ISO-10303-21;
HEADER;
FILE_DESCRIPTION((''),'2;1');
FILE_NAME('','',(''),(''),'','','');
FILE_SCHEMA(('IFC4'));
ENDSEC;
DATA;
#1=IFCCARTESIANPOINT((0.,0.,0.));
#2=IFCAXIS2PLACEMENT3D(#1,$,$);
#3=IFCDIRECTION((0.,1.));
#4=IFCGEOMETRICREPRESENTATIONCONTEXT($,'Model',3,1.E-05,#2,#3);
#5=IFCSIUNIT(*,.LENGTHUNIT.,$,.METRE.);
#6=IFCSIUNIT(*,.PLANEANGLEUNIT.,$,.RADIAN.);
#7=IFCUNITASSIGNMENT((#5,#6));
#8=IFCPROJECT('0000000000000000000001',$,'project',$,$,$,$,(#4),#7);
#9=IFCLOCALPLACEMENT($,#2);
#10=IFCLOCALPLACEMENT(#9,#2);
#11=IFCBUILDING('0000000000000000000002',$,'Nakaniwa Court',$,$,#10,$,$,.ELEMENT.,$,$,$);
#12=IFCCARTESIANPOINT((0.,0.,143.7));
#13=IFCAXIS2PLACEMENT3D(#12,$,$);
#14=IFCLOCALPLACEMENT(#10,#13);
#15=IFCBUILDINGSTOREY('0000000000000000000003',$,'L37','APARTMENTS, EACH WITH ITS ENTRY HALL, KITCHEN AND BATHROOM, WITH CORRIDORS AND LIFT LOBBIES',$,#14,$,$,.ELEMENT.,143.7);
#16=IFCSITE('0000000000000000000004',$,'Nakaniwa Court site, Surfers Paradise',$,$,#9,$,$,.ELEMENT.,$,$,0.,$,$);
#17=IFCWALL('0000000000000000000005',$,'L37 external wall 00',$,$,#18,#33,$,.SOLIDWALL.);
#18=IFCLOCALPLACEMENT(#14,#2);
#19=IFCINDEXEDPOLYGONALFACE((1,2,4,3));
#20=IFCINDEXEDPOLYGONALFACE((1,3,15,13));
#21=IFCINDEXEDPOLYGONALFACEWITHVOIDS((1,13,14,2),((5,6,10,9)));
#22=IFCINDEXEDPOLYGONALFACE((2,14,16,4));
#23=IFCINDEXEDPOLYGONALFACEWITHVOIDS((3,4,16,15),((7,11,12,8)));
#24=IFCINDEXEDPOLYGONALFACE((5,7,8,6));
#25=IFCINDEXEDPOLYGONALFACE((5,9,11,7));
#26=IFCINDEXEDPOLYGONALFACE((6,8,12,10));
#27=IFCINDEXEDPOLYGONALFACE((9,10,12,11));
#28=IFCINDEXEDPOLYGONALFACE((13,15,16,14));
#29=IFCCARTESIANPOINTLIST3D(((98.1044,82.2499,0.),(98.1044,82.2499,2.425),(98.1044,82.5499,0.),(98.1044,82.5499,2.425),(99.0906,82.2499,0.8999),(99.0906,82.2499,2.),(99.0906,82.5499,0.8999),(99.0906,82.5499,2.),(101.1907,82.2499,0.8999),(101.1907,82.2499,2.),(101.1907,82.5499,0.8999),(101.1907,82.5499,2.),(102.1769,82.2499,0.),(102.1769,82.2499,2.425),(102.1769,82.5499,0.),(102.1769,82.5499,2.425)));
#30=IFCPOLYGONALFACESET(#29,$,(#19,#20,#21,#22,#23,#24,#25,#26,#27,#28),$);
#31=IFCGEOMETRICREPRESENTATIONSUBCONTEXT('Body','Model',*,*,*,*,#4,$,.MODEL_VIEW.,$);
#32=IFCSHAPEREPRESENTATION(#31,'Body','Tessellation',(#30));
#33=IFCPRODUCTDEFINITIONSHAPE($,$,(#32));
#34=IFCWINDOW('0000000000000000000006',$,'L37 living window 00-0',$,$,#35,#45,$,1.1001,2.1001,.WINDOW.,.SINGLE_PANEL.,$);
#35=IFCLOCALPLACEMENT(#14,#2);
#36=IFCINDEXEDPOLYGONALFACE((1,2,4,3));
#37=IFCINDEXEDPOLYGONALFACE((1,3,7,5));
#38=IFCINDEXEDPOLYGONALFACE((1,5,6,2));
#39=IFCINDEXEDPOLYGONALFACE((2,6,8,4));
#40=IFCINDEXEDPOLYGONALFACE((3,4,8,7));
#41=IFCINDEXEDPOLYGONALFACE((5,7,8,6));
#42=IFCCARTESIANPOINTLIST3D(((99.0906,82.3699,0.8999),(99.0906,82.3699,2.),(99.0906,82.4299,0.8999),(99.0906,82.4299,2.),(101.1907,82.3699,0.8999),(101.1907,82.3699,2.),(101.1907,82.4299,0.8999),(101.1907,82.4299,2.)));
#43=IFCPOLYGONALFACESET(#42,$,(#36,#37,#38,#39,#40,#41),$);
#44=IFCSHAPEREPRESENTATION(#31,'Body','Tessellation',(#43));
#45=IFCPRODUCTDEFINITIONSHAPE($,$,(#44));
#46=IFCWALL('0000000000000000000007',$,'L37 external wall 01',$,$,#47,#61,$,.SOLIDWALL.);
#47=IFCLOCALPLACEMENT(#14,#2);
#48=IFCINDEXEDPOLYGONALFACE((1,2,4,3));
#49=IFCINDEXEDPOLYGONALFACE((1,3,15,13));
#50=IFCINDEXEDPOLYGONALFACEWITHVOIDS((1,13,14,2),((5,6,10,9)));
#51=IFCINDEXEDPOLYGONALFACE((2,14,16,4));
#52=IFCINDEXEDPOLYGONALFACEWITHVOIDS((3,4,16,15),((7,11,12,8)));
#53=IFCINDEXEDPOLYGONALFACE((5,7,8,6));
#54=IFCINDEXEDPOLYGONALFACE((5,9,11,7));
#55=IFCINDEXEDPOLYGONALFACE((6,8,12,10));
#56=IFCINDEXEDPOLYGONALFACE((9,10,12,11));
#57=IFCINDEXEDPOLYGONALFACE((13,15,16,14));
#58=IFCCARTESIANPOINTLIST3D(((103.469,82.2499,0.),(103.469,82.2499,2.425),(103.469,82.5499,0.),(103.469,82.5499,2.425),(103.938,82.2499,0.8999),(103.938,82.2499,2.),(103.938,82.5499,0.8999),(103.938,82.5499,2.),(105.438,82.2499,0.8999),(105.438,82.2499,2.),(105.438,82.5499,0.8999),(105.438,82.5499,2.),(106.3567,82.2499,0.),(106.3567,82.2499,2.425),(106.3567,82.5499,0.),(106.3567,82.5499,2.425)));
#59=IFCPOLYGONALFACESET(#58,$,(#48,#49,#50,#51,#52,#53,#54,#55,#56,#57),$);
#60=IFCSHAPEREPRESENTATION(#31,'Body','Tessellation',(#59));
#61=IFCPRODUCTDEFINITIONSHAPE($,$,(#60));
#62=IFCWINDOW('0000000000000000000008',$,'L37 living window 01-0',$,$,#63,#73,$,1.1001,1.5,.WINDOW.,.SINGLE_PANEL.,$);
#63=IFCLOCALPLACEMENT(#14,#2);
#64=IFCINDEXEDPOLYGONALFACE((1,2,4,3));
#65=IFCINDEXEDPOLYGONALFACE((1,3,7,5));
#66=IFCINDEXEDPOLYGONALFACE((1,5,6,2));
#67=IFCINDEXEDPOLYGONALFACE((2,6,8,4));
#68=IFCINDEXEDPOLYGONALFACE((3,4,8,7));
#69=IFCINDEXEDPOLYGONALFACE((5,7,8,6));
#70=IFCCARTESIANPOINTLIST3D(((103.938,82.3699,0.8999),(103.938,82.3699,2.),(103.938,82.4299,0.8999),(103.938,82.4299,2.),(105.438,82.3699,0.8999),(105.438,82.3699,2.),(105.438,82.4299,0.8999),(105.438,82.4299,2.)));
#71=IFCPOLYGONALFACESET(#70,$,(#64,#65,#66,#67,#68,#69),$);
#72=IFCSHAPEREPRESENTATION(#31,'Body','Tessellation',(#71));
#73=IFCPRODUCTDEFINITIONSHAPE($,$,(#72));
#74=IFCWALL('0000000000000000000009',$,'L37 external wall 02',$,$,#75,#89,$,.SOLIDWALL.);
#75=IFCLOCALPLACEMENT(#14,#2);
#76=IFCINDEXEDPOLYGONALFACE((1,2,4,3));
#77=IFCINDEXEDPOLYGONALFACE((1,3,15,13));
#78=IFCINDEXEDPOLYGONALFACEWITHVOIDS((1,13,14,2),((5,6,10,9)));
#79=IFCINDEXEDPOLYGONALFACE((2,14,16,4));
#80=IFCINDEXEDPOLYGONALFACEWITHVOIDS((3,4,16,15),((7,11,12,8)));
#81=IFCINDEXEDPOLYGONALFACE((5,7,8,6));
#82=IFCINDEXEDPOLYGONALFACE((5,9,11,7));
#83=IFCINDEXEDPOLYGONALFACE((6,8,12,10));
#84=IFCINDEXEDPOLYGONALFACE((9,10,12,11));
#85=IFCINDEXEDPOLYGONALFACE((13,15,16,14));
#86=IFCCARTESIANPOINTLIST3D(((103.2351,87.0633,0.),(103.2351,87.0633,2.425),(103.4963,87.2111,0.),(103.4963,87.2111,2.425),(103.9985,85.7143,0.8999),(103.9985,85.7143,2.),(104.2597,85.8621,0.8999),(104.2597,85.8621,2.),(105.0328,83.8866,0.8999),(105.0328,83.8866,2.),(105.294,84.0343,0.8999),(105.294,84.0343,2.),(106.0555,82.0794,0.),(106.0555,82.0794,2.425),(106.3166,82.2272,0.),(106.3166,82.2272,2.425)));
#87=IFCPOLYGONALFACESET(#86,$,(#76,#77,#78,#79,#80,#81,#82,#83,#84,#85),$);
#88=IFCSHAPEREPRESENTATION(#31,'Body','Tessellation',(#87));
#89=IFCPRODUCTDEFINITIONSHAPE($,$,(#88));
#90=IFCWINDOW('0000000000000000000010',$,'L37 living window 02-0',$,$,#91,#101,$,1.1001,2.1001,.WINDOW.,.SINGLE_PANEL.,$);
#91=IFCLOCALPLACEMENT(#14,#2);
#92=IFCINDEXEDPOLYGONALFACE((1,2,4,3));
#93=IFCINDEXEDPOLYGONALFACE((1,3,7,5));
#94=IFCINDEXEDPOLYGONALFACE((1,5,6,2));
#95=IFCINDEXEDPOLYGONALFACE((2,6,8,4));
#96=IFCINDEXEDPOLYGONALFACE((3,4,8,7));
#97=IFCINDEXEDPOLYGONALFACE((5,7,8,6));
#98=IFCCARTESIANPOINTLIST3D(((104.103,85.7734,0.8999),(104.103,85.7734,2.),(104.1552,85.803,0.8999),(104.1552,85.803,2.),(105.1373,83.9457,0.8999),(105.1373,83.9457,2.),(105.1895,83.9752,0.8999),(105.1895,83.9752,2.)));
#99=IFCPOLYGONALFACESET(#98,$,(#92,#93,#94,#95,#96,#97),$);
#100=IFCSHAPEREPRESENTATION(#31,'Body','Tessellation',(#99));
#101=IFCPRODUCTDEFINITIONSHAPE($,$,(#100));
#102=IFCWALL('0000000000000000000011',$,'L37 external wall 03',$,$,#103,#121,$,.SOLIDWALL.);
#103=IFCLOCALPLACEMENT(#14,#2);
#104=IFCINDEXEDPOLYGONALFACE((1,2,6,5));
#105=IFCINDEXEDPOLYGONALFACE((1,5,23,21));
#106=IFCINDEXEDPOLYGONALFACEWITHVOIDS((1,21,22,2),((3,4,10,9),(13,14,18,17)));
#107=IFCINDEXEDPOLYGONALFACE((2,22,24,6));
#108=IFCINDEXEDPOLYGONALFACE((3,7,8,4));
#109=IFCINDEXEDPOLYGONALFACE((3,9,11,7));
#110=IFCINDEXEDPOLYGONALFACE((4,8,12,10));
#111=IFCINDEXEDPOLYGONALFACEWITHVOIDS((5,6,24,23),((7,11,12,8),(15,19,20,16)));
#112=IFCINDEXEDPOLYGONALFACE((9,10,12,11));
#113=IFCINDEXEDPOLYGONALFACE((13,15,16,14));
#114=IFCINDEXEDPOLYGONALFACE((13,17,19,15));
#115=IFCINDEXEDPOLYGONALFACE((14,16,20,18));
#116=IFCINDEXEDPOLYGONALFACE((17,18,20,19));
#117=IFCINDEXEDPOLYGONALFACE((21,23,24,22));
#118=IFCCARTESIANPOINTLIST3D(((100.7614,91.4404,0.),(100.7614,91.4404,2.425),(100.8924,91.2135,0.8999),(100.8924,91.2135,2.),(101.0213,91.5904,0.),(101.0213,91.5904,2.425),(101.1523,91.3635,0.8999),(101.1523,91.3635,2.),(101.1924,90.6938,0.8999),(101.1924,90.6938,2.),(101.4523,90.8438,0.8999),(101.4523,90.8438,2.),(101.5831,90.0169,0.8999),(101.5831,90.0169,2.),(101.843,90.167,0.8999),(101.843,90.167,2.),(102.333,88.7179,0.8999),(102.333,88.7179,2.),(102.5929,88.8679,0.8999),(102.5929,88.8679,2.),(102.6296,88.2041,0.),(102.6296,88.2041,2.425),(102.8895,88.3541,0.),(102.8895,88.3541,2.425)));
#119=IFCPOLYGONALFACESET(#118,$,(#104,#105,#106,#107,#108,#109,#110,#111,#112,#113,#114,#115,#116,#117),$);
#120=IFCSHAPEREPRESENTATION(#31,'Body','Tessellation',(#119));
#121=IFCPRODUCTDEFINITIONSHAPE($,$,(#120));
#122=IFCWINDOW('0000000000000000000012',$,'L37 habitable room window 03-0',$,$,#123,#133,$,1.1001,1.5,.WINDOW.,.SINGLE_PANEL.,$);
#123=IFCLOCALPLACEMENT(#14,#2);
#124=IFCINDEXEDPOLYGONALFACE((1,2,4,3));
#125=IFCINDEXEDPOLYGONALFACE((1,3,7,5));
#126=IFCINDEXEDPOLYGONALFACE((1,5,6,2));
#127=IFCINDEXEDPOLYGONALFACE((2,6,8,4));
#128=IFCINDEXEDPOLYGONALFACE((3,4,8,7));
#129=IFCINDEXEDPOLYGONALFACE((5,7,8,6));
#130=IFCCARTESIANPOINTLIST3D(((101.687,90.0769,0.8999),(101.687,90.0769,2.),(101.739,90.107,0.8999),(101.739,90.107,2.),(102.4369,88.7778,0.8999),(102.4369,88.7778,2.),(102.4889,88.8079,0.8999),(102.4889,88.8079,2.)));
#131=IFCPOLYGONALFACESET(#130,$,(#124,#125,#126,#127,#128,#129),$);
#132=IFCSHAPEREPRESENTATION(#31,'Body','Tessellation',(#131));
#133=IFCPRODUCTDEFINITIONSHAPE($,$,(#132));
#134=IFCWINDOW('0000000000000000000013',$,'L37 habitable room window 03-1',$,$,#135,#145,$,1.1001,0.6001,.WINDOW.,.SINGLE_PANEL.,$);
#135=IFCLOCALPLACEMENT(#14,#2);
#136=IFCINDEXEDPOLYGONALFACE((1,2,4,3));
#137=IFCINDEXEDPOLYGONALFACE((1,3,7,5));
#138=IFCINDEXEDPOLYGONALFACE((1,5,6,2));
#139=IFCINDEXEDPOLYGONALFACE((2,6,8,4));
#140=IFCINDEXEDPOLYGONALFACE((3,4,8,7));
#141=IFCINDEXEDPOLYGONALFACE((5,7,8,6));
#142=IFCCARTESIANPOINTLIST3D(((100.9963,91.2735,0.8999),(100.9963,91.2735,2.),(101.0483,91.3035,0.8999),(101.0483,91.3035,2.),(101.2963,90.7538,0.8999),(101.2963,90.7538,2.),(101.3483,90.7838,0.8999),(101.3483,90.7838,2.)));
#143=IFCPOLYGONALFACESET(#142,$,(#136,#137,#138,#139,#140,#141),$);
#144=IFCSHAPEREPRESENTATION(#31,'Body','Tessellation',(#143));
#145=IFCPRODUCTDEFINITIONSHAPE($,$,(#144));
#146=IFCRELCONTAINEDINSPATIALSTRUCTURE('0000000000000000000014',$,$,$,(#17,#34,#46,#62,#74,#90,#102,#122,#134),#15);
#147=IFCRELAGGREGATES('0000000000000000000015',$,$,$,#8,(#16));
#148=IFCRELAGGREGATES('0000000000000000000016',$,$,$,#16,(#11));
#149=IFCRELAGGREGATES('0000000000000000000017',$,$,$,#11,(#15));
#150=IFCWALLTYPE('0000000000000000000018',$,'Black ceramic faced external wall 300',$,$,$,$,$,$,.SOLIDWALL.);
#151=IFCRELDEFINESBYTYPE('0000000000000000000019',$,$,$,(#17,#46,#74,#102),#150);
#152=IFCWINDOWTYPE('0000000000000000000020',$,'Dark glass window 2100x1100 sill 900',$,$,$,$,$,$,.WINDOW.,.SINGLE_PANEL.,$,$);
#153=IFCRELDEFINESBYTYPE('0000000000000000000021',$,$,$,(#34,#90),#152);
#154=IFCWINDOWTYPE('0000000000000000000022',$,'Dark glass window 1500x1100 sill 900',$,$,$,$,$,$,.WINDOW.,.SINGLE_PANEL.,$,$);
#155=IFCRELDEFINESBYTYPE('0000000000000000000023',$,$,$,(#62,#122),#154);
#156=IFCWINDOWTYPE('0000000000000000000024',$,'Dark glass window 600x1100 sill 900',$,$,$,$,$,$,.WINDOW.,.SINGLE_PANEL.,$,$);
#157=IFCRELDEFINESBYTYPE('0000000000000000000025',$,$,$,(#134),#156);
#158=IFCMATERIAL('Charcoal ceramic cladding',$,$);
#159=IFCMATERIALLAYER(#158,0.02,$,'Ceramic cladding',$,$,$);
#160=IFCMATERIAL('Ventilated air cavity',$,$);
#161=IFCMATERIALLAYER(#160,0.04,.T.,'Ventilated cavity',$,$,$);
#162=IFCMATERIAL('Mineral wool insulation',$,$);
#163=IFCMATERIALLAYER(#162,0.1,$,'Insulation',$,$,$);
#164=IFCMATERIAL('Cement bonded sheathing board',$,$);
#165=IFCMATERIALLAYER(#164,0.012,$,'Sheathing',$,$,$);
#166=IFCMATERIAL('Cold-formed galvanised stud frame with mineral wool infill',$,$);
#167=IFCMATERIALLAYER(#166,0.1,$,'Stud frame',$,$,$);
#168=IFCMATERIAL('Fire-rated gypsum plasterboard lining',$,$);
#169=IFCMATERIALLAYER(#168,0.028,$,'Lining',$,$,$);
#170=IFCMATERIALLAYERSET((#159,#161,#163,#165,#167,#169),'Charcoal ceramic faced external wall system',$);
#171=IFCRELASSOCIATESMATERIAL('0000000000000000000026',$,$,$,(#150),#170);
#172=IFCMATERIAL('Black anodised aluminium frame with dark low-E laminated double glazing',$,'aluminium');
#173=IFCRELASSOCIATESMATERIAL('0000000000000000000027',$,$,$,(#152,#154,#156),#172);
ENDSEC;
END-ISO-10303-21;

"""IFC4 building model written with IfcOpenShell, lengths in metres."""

from ifc_helpers import new_model, si_unit, direction, frame, frame_2d, origin, place, context, subcontext, project, spatial, rectangle, extrude, material, layer, layer_set, type_object, element, fill, save


model = new_model("IFC4")

# Units and contexts
model_context = context("Model", 3, precision=1e-05, world=origin(), true_north=direction((0.0, 1.0)))
body_context = subcontext(model_context, "Body", "Model", "MODEL_VIEW")
ifc_project = project(units=[si_unit("LENGTHUNIT", "METRE"), si_unit("PLANEANGLEUNIT", "RADIAN")], contexts=[model_context])

# Site, building, storey
site_placement = place(None, origin())
site = spatial("IfcSite", under=ifc_project, at=site_placement, Name="Nakaniwa Court site, Surfers Paradise", CompositionType="ELEMENT", RefElevation=0.0)
building_placement = place(site_placement, origin())
building = spatial("IfcBuilding", under=site, at=building_placement, Name="Nakaniwa Court", CompositionType="ELEMENT")
storey_placement = place(building_placement, frame((0.0, 0.0, 143.7)))
storey = spatial("IfcBuildingStorey", under=building, at=storey_placement, Name="L37", Description="APARTMENTS, EACH WITH ITS ENTRY HALL, KITCHEN AND BATHROOM, WITH CORRIDORS AND LIFT LOBBIES", CompositionType="ELEMENT", Elevation=143.7)

# Walls, openings, windows
ifc_material_1 = material(Name="Charcoal ceramic cladding")
ifc_layer_1 = layer(ifc_material_1, 0.02, Name="Ceramic cladding")
ifc_material_2 = material(Name="Ventilated air cavity")
ifc_layer_2 = layer(ifc_material_2, 0.04, ventilated=True, Name="Ventilated cavity")
ifc_material_3 = material(Name="Mineral wool insulation")
ifc_layer_3 = layer(ifc_material_3, 0.1, Name="Insulation")
ifc_material_4 = material(Name="Cement bonded sheathing board")
ifc_layer_4 = layer(ifc_material_4, 0.012, Name="Sheathing")
ifc_material_5 = material(Name="Cold-formed galvanised stud frame with mineral wool infill")
ifc_layer_5 = layer(ifc_material_5, 0.1, Name="Stud frame")
ifc_material_6 = material(Name="Fire-rated gypsum plasterboard lining")
ifc_layer_6 = layer(ifc_material_6, 0.028, Name="Lining")
ifc_layer_set_1 = layer_set([ifc_layer_1, ifc_layer_2, ifc_layer_3, ifc_layer_4, ifc_layer_5, ifc_layer_6], Name="Charcoal ceramic faced external wall system")
wall_type_1 = type_object("IfcWallType", Name="Black ceramic faced external wall 300", PredefinedType="SOLIDWALL", material=ifc_layer_set_1)
wall_1_placement = place(storey_placement, frame((98.1045, 82.3999, 0.0), z_axis=(0.0, 0.0, 1.0), x_axis=(1.0, 0.0, 0.0)))
wall_1 = element("IfcWall", 1, at=wall_1_placement, inside=storey, type_object=wall_type_1, Name="L37 external wall 00", PredefinedType="SOLIDWALL", context=body_context, shape_type="SweptSolid", body=[
    extrude(rectangle(XDim=4.0725, YDim=0.3, at=frame_2d((2.0361, 0.0))), origin(), (0.0, 0.0, 1.0), 2.425),
])
opening_1_placement = place(wall_1_placement, frame((0.9861, 0.0, 0.8999)))
opening_1 = element("IfcOpeningElement", 2, at=opening_1_placement, cuts=wall_1, PredefinedType="OPENING", context=body_context, shape_type="SweptSolid", body=[
    extrude(rectangle(XDim=2.1001, YDim=1.1001, at=frame_2d((1.05, 0.55))), frame((0.0, 0.1599, 0.0), z_axis=(0.0, -1.0, 0.0), x_axis=(1.0, 0.0, 0.0)), (0.0, 0.0, 1.0), 0.3201),
])
ifc_material_7 = material(Name="Black anodised aluminium frame with dark low-E laminated double glazing", Category="aluminium")
window_type_1 = type_object("IfcWindowType", Name="Dark glass window 2100x1100 sill 900", PartitioningType="SINGLE_PANEL", PredefinedType="WINDOW", material=ifc_material_7)
window_1_placement = place(opening_1_placement, origin())
window_1 = element("IfcWindow", 3, at=window_1_placement, inside=storey, type_object=window_type_1, Name="L37 living window 00-0", OverallHeight=1.1001, OverallWidth=2.1001, PartitioningType="SINGLE_PANEL", PredefinedType="WINDOW", context=body_context, shape_type="SweptSolid", body=[
    extrude(rectangle(XDim=2.1001, YDim=1.1001, at=frame_2d((1.05, 0.55))), frame((0.0, 0.03, 0.0), z_axis=(0.0, -1.0, 0.0), x_axis=(1.0, 0.0, 0.0)), (0.0, 0.0, 1.0), 0.0601),
])
fill(opening_1, window_1)
wall_2_placement = place(storey_placement, frame((103.469, 82.3999, 0.0), z_axis=(0.0, 0.0, 1.0), x_axis=(1.0, 0.0, 0.0)))
wall_2 = element("IfcWall", 4, at=wall_2_placement, inside=storey, type_object=wall_type_1, Name="L37 external wall 01", PredefinedType="SOLIDWALL", context=body_context, shape_type="SweptSolid", body=[
    extrude(rectangle(XDim=2.8877, YDim=0.3, at=frame_2d((1.4438, 0.0))), origin(), (0.0, 0.0, 1.0), 2.425),
])
opening_2_placement = place(wall_2_placement, frame((0.469, 0.0, 0.8999)))
opening_2 = element("IfcOpeningElement", 5, at=opening_2_placement, cuts=wall_2, PredefinedType="OPENING", context=body_context, shape_type="SweptSolid", body=[
    extrude(rectangle(XDim=1.5, YDim=1.1001, at=frame_2d((0.75, 0.55))), frame((0.0, 0.1599, 0.0), z_axis=(0.0, -1.0, 0.0), x_axis=(1.0, 0.0, 0.0)), (0.0, 0.0, 1.0), 0.3201),
])
window_type_2 = type_object("IfcWindowType", Name="Dark glass window 1500x1100 sill 900", PartitioningType="SINGLE_PANEL", PredefinedType="WINDOW", material=ifc_material_7)
window_2_placement = place(opening_2_placement, origin())
window_2 = element("IfcWindow", 6, at=window_2_placement, inside=storey, type_object=window_type_2, Name="L37 living window 01-0", OverallHeight=1.1001, OverallWidth=1.5, PartitioningType="SINGLE_PANEL", PredefinedType="WINDOW", context=body_context, shape_type="SweptSolid", body=[
    extrude(rectangle(XDim=1.5, YDim=1.1001, at=frame_2d((0.75, 0.55))), frame((0.0, 0.03, 0.0), z_axis=(0.0, -1.0, 0.0), x_axis=(1.0, 0.0, 0.0)), (0.0, 0.0, 1.0), 0.0601),
])
fill(opening_2, window_2)
wall_3_placement = place(storey_placement, frame((106.186, 82.1533, 0.0), z_axis=(0.0, 0.0, 1.0), x_axis=(-0.492498, 0.870313, 0.0)))
wall_3 = element("IfcWall", 7, at=wall_3_placement, inside=storey, type_object=wall_type_1, Name="L37 external wall 02", PredefinedType="SOLIDWALL", context=body_context, shape_type="SweptSolid", body=[
    extrude(rectangle(XDim=5.7266, YDim=0.3, at=frame_2d((2.8633, 0.0))), origin(), (0.0, 0.0, 1.0), 2.425),
])
opening_3_placement = place(wall_3_placement, frame((2.0764, 0.0, 0.8999)))
opening_3 = element("IfcOpeningElement", 8, at=opening_3_placement, cuts=wall_3, PredefinedType="OPENING", context=body_context, shape_type="SweptSolid", body=[
    extrude(rectangle(XDim=2.1001, YDim=1.1001, at=frame_2d((1.05, 0.55))), frame((0.0, 0.1599, 0.0), z_axis=(0.0, -1.0, 0.0), x_axis=(1.0, 0.0, 0.0)), (0.0, 0.0, 1.0), 0.3201),
])
window_3_placement = place(opening_3_placement, origin())
window_3 = element("IfcWindow", 9, at=window_3_placement, inside=storey, type_object=window_type_1, Name="L37 living window 02-0", OverallHeight=1.1001, OverallWidth=2.1001, PartitioningType="SINGLE_PANEL", PredefinedType="WINDOW", context=body_context, shape_type="SweptSolid", body=[
    extrude(rectangle(XDim=2.1001, YDim=1.1001, at=frame_2d((1.05, 0.55))), frame((0.0, 0.03, 0.0), z_axis=(0.0, -1.0, 0.0), x_axis=(1.0, 0.0, 0.0)), (0.0, 0.0, 1.0), 0.0601),
])
fill(opening_3, window_3)

# Wall, openings, windows
wall_4_placement = place(storey_placement, frame((102.7595, 88.2791, 0.0), z_axis=(0.0, 0.0, 1.0), x_axis=(-0.499934, 0.866064, 0.0)))
wall_4 = element("IfcWall", 10, at=wall_4_placement, inside=storey, type_object=wall_type_1, Name="L37 external wall 03", PredefinedType="SOLIDWALL", context=body_context, shape_type="SweptSolid", body=[
    extrude(rectangle(XDim=3.7368, YDim=0.3, at=frame_2d((1.8684, 0.0))), origin(), (0.0, 0.0, 1.0), 2.425),
])
opening_4_placement = place(wall_4_placement, frame((0.5933, 0.0, 0.8999)))
opening_4 = element("IfcOpeningElement", 11, at=opening_4_placement, cuts=wall_4, PredefinedType="OPENING", context=body_context, shape_type="SweptSolid", body=[
    extrude(rectangle(XDim=1.5, YDim=1.1001, at=frame_2d((0.75, 0.55))), frame((0.0, 0.1599, 0.0), z_axis=(0.0, -1.0, 0.0), x_axis=(1.0, 0.0, 0.0)), (0.0, 0.0, 1.0), 0.3201),
])
opening_5_placement = place(wall_4_placement, frame((2.8748, 0.0, 0.8999)))
opening_5 = element("IfcOpeningElement", 12, at=opening_5_placement, cuts=wall_4, PredefinedType="OPENING", context=body_context, shape_type="SweptSolid", body=[
    extrude(rectangle(XDim=0.6001, YDim=1.1001, at=frame_2d((0.3, 0.55))), frame((0.0, 0.1599, 0.0), z_axis=(0.0, -1.0, 0.0), x_axis=(1.0, 0.0, 0.0)), (0.0, 0.0, 1.0), 0.3201),
])
window_4_placement = place(opening_4_placement, origin())
window_4 = element("IfcWindow", 13, at=window_4_placement, inside=storey, type_object=window_type_2, Name="L37 habitable room window 03-0", OverallHeight=1.1001, OverallWidth=1.5, PartitioningType="SINGLE_PANEL", PredefinedType="WINDOW", context=body_context, shape_type="SweptSolid", body=[
    extrude(rectangle(XDim=1.5, YDim=1.1001, at=frame_2d((0.75, 0.55))), frame((0.0, 0.03, 0.0), z_axis=(0.0, -1.0, 0.0), x_axis=(1.0, 0.0, 0.0)), (0.0, 0.0, 1.0), 0.0601),
])
fill(opening_4, window_4)
window_type_3 = type_object("IfcWindowType", Name="Dark glass window 600x1100 sill 900", PartitioningType="SINGLE_PANEL", PredefinedType="WINDOW", material=ifc_material_7)
window_5_placement = place(opening_5_placement, origin())
window_5 = element("IfcWindow", 14, at=window_5_placement, inside=storey, type_object=window_type_3, Name="L37 habitable room window 03-1", OverallHeight=1.1001, OverallWidth=0.6001, PartitioningType="SINGLE_PANEL", PredefinedType="WINDOW", context=body_context, shape_type="SweptSolid", body=[
    extrude(rectangle(XDim=0.6001, YDim=1.1001, at=frame_2d((0.3, 0.55))), frame((0.0, 0.03, 0.0), z_axis=(0.0, -1.0, 0.0), x_axis=(1.0, 0.0, 0.0)), (0.0, 0.0, 1.0), 0.0601),
])
fill(opening_5, window_5)

save(model, "model.ifc")
